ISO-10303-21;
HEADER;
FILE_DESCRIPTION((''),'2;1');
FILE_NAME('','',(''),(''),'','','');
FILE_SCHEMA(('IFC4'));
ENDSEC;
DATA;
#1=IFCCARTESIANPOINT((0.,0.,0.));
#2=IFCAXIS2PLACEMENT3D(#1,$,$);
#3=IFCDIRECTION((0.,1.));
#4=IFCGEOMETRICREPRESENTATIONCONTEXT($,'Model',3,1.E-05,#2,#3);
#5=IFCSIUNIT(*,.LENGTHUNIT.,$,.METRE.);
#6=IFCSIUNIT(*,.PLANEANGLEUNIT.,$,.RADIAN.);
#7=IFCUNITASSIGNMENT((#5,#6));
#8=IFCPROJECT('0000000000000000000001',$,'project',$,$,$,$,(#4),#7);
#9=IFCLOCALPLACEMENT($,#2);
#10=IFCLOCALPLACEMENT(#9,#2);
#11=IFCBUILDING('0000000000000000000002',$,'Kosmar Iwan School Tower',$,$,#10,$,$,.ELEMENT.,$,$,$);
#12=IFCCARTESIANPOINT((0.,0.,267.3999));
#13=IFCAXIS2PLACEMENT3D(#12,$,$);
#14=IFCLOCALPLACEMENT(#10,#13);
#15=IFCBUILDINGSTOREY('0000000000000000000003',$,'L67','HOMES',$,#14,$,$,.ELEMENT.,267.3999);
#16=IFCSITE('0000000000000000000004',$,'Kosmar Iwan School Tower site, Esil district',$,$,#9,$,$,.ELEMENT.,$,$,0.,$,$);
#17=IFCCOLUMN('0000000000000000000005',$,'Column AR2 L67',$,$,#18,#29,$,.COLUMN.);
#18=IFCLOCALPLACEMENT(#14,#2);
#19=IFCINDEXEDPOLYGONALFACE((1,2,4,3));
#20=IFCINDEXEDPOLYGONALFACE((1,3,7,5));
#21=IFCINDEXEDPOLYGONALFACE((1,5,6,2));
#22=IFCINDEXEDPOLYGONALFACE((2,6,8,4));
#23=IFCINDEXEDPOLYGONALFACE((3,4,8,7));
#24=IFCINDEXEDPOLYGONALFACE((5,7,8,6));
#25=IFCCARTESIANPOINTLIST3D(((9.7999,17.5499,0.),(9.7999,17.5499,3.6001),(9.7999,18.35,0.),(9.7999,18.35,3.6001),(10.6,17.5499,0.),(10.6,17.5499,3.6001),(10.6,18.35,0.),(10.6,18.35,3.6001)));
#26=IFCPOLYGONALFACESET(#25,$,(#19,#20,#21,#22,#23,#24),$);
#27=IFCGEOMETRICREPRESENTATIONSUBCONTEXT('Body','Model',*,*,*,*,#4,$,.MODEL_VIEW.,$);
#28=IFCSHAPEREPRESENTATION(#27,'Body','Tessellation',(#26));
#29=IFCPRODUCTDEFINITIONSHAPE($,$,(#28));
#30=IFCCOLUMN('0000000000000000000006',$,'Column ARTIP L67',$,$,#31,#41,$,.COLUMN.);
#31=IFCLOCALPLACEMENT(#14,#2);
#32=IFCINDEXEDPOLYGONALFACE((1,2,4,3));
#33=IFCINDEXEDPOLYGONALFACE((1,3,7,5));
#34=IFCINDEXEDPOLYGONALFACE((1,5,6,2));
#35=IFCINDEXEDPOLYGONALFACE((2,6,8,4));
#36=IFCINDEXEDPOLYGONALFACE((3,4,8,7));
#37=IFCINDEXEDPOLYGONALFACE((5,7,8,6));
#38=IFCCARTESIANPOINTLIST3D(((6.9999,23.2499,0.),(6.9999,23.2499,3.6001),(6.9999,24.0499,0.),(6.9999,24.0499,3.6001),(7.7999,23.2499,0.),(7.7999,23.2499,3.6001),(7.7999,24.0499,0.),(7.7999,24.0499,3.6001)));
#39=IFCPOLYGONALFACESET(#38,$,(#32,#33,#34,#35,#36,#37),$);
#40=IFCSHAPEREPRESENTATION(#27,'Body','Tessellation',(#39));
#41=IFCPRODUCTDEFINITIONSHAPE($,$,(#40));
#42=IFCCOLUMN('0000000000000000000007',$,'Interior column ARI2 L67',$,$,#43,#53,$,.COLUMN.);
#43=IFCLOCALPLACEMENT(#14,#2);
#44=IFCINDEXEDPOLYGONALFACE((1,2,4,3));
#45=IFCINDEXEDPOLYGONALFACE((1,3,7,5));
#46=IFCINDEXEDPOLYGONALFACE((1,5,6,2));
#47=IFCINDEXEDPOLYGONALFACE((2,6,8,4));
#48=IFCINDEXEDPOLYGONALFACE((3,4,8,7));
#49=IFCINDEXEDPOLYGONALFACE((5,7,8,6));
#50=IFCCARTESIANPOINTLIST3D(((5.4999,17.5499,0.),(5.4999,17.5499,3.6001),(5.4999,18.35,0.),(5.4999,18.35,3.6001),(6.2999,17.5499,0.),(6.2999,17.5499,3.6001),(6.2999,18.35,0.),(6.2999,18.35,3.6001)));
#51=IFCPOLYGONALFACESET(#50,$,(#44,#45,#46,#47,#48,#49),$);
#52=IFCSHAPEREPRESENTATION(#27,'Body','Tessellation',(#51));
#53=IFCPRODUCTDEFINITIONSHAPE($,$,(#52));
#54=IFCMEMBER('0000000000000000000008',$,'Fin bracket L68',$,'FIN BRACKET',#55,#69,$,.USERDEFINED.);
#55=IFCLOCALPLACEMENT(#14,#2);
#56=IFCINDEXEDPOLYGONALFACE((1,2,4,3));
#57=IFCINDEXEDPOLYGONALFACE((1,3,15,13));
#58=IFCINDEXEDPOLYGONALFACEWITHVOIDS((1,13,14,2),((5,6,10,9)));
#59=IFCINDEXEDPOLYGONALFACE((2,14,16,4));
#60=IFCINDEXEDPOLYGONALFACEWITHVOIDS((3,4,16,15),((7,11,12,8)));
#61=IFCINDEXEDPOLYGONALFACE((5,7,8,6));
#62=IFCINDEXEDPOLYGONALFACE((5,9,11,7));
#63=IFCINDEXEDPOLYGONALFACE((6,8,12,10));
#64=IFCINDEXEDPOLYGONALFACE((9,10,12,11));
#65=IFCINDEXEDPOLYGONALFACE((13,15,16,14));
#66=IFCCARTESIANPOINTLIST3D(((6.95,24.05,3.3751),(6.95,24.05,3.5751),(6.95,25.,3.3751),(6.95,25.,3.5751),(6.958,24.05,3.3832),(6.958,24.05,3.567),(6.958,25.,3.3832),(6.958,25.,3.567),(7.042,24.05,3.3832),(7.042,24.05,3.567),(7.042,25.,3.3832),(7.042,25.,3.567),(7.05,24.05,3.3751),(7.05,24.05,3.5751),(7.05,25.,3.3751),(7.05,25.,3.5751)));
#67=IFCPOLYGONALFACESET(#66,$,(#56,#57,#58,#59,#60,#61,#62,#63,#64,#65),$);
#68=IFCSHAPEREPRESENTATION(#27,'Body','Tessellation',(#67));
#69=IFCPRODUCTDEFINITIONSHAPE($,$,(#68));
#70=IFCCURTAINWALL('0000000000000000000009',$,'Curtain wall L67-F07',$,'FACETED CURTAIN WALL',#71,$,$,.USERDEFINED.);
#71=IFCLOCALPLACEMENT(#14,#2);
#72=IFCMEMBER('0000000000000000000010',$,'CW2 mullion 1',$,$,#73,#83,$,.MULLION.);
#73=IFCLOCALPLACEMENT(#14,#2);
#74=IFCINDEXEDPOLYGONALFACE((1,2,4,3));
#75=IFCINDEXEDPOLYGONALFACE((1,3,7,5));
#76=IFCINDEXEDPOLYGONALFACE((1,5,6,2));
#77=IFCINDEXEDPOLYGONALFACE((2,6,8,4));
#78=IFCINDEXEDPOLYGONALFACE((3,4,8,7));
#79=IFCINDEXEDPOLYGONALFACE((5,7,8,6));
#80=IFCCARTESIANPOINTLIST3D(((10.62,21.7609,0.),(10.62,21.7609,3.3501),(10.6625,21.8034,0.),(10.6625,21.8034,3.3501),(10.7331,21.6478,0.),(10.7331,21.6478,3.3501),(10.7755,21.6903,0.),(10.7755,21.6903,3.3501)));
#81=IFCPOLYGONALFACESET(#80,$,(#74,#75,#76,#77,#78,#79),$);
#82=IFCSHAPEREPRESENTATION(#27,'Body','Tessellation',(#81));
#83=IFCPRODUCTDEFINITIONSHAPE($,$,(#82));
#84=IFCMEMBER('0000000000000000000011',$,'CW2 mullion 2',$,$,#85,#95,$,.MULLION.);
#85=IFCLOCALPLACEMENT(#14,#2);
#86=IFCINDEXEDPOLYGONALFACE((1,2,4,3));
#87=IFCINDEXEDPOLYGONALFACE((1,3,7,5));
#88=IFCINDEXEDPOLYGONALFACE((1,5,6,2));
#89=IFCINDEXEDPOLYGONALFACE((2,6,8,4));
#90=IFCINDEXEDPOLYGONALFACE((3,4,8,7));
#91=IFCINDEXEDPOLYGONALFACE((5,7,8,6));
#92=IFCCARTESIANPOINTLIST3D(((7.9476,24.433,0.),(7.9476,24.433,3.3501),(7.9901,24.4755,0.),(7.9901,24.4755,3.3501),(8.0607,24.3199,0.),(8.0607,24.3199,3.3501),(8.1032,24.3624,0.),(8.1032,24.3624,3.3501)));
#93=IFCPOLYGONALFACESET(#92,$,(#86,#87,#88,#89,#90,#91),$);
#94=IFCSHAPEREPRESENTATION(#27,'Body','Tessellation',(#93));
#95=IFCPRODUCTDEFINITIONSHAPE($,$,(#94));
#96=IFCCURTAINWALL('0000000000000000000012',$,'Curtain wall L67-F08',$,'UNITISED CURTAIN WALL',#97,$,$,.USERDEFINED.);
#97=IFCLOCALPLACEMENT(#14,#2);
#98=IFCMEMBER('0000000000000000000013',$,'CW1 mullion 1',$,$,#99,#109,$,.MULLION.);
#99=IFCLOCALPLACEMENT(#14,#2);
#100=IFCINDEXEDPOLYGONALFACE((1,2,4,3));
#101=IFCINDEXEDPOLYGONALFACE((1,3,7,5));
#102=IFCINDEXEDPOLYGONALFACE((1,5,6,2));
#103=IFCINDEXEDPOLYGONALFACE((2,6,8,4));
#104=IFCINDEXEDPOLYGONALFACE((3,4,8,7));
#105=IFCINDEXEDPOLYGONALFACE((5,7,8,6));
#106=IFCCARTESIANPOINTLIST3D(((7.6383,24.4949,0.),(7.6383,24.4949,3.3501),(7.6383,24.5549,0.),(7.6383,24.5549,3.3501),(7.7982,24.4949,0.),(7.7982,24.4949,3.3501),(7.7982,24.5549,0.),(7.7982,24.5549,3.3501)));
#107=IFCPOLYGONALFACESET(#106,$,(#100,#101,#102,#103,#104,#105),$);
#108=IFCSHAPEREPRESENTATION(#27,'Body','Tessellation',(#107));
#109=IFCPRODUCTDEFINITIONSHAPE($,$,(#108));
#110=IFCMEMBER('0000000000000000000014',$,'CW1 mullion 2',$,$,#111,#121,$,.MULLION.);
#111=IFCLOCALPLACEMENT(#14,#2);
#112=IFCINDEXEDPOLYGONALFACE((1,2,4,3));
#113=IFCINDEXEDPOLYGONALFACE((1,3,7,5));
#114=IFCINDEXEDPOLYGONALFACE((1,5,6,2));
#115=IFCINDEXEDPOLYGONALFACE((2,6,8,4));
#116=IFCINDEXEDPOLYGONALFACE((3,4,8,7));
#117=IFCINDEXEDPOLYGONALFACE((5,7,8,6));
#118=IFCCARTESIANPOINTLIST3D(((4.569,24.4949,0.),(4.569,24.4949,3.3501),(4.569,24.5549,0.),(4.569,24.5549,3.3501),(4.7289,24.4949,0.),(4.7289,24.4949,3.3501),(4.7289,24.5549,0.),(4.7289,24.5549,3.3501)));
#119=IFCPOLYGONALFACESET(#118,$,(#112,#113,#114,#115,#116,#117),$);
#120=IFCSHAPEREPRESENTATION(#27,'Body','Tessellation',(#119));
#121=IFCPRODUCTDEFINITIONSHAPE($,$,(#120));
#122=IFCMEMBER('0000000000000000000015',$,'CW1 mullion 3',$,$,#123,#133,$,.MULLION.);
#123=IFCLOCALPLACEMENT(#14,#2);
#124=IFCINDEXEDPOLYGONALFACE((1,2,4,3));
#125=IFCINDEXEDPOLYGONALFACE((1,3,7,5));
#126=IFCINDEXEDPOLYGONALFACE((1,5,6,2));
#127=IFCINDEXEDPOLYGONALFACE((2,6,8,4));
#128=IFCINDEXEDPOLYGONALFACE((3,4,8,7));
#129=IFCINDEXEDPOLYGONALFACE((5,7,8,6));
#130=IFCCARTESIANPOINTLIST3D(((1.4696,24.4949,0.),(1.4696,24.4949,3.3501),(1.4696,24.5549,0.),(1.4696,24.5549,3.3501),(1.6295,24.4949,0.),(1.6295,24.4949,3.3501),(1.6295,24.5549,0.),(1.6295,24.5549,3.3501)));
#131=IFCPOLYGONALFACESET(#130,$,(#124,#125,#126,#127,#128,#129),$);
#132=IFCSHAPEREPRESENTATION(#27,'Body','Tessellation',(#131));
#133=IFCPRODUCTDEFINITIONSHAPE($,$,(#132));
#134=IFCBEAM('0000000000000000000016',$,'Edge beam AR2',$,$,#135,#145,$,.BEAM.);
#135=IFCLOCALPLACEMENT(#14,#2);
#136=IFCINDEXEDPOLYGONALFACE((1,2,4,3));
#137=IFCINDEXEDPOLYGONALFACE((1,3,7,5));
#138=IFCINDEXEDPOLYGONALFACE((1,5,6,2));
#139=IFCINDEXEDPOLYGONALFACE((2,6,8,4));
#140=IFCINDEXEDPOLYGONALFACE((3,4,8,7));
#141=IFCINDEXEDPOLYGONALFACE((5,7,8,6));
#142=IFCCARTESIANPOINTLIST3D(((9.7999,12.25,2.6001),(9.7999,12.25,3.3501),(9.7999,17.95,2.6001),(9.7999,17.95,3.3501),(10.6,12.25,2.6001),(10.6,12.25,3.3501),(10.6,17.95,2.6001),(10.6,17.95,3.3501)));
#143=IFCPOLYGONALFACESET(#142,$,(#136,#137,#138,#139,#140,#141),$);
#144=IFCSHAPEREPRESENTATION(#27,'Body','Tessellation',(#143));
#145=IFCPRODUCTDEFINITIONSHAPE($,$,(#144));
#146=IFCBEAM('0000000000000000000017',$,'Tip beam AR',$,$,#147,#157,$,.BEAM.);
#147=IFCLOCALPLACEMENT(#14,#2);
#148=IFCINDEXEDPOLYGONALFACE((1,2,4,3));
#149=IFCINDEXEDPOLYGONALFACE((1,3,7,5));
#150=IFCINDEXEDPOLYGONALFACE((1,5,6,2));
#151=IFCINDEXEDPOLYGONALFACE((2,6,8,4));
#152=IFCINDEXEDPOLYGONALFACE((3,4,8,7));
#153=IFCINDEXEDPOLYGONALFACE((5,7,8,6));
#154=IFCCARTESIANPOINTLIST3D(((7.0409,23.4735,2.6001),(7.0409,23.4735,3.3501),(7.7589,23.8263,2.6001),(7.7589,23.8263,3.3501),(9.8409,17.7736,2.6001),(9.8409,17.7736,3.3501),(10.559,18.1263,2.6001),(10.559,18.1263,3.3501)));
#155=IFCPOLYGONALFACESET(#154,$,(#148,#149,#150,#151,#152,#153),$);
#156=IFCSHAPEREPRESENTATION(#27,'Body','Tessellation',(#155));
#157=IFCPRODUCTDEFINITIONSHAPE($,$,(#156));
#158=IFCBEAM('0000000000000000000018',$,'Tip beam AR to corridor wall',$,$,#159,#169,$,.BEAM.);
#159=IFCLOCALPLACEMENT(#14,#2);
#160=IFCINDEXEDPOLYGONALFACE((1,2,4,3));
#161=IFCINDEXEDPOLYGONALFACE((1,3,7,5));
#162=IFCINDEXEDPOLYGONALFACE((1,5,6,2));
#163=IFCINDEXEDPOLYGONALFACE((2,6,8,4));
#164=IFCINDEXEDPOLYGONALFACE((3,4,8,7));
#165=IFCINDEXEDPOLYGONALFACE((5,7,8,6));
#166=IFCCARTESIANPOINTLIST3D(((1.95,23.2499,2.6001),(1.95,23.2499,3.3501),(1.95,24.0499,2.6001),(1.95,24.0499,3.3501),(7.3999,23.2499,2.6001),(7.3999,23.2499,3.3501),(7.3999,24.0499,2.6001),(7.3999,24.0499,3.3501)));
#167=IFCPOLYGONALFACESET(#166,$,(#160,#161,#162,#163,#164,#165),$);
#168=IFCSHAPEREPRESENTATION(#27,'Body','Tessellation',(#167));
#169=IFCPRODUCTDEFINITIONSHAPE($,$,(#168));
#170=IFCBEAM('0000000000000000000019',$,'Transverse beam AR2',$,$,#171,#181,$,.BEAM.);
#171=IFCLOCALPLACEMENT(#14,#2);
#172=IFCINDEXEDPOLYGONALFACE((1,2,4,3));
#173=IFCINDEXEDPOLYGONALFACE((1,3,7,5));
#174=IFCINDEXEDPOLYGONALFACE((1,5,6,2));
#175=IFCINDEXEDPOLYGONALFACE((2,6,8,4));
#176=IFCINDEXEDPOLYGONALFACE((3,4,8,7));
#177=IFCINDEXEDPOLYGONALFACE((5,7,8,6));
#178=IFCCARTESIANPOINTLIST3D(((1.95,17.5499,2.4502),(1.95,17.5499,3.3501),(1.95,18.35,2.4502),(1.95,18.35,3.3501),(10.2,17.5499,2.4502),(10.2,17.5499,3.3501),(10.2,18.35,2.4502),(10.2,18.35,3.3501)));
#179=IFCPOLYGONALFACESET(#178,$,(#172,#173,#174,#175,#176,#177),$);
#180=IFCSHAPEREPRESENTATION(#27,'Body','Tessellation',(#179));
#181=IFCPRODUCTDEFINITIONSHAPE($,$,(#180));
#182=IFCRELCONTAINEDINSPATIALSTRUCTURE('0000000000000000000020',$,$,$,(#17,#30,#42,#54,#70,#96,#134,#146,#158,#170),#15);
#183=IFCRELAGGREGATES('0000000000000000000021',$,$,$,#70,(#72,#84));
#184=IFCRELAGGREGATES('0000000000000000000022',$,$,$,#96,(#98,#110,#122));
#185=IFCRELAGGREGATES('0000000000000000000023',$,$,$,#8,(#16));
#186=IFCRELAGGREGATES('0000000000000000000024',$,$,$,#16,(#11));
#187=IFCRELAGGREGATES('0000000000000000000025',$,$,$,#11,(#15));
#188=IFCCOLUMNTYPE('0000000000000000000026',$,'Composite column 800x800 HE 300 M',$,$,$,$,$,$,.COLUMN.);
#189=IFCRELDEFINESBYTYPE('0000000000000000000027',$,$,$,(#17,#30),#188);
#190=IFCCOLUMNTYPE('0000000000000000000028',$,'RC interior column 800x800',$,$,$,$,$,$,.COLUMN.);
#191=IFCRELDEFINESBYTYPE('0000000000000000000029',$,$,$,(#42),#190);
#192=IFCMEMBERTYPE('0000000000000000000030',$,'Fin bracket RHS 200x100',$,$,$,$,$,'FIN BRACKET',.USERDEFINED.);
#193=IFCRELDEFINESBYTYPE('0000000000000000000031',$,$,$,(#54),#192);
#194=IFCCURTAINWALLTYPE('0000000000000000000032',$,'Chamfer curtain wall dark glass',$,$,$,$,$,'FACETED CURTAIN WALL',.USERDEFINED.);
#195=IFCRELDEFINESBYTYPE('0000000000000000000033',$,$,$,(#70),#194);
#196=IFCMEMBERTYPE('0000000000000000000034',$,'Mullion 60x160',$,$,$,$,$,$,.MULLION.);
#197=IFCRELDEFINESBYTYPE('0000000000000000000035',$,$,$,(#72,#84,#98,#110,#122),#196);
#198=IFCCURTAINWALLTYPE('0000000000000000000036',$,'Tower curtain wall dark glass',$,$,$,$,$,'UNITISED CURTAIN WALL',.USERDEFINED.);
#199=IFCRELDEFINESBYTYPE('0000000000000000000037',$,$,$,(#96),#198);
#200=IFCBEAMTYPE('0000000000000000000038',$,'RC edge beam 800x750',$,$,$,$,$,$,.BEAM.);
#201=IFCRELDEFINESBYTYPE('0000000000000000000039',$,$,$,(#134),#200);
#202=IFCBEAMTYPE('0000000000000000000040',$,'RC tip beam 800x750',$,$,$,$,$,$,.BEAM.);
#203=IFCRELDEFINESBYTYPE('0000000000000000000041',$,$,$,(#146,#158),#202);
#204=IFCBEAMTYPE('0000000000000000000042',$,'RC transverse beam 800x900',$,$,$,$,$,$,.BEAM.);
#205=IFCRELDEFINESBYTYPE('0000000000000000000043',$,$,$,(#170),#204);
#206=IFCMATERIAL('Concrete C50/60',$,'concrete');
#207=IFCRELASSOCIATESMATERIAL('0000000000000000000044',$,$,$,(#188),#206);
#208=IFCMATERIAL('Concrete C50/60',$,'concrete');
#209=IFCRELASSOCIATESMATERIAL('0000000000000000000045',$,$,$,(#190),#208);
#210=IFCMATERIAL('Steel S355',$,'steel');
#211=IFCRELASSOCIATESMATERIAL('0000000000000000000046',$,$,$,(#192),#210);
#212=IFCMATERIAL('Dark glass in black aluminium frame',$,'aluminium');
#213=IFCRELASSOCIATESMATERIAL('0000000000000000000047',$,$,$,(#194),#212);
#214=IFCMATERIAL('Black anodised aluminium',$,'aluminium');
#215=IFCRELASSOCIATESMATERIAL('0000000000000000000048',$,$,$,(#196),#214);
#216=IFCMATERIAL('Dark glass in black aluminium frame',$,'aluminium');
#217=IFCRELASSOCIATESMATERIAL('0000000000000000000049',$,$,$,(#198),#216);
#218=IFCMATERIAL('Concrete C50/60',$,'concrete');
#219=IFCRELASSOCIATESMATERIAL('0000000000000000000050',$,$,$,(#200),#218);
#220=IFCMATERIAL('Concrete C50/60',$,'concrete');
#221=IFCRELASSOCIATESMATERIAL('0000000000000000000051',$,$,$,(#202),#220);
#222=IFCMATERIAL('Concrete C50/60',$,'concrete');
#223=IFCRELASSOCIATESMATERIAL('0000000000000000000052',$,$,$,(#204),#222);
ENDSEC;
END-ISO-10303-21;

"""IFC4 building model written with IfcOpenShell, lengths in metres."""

from ifc_helpers import new_model, si_unit, direction, frame, origin, origin_2d, place, context, subcontext, project, spatial, rectangle, hollow_rectangle, extrude, material, material_profile, profile_set, type_object, element, aggregate, save


model = new_model("IFC4")

# Units and contexts
model_context = context("Model", 3, precision=1e-05, world=origin(), true_north=direction((0.0, 1.0)))
body_context = subcontext(model_context, "Body", "Model", "MODEL_VIEW")
ifc_project = project(units=[si_unit("LENGTHUNIT", "METRE"), si_unit("PLANEANGLEUNIT", "RADIAN")], contexts=[model_context])

# Site, building, storey
site_placement = place(None, origin())
site = spatial("IfcSite", under=ifc_project, at=site_placement, Name="Kosmar Iwan School Tower site, Esil district", CompositionType="ELEMENT", RefElevation=0.0)
building_placement = place(site_placement, origin())
building = spatial("IfcBuilding", under=site, at=building_placement, Name="Kosmar Iwan School Tower", CompositionType="ELEMENT")
storey_placement = place(building_placement, frame((0.0, 0.0, 267.3999)))
storey = spatial("IfcBuildingStorey", under=building, at=storey_placement, Name="L67", Description="HOMES", CompositionType="ELEMENT", Elevation=267.3999)

# Columns
ifc_material_1 = material(Name="Concrete C50/60", Category="concrete")
ifc_material_profile_1 = material_profile(ifc_material_1, rectangle(XDim=0.8, YDim=0.8, at=origin_2d()), Name="RC 800x800 + HE 300 M")
ifc_profile_set_1 = profile_set([ifc_material_profile_1], Name="Concrete C50/60")
column_type_1 = type_object("IfcColumnType", Name="Composite column 800x800 HE 300 M", PredefinedType="COLUMN", material=ifc_profile_set_1)
for number, where, z_axis, x_axis, name in (
    (1, (10.2, 17.95, 0.0), (0.0, 0.0, 1.0), (0.0, 1.0, 0.0), "Column AR2 L67"),
    (2, (7.3999, 23.6499, 0.0), (0.0, 0.0, 1.0), (0.0, 1.0, 0.0), "Column ARTIP L67"),
):
    element("IfcColumn", number, at=place(storey_placement, frame(where, z_axis=z_axis, x_axis=x_axis)), inside=storey, type_object=column_type_1, Name=name, PredefinedType="COLUMN", context=body_context, shape_type="SweptSolid", body=[
        extrude(rectangle(XDim=0.8, YDim=0.8, at=origin_2d()), origin(), (0.0, 0.0, 1.0), 3.6001),
    ])
ifc_material_2 = material(Name="Concrete C50/60", Category="concrete")
ifc_material_profile_2 = material_profile(ifc_material_2, rectangle(XDim=0.8, YDim=0.8, at=origin_2d()), Name="RC 800x800")
ifc_profile_set_2 = profile_set([ifc_material_profile_2], Name="Concrete C50/60")
column_type_2 = type_object("IfcColumnType", Name="RC interior column 800x800", PredefinedType="COLUMN", material=ifc_profile_set_2)
column_placement = place(storey_placement, frame((5.8999, 17.95, 0.0), z_axis=(0.0, 0.0, 1.0), x_axis=(0.0, 1.0, 0.0)))
element("IfcColumn", 3, at=column_placement, inside=storey, type_object=column_type_2, Name="Interior column ARI2 L67", PredefinedType="COLUMN", context=body_context, shape_type="SweptSolid", body=[
    extrude(rectangle(XDim=0.8, YDim=0.8, at=origin_2d()), origin(), (0.0, 0.0, 1.0), 3.6001),
])

# Member
ifc_material_3 = material(Name="Steel S355", Category="steel")
ifc_material_profile_3 = material_profile(ifc_material_3, hollow_rectangle(XDim=0.1001, YDim=0.2, WallThickness=0.0081, at=origin_2d()), Name="RHS 200x100x8")
ifc_profile_set_3 = profile_set([ifc_material_profile_3], Name="Steel S355")
member_type_1 = type_object("IfcMemberType", Name="Fin bracket RHS 200x100", ElementType="FIN BRACKET", PredefinedType="USERDEFINED", material=ifc_profile_set_3)
member_1_placement = place(storey_placement, frame((7.0, 24.05, 3.4751), z_axis=(0.0, 1.0, 0.0), x_axis=(-1.0, 0.0, 0.0)))
element("IfcMember", 4, at=member_1_placement, inside=storey, type_object=member_type_1, Name="Fin bracket L68", ObjectType="FIN BRACKET", PredefinedType="USERDEFINED", context=body_context, shape_type="SweptSolid", body=[
    extrude(hollow_rectangle(XDim=0.1001, YDim=0.2, WallThickness=0.0081, at=origin_2d()), origin(), (0.0, 0.0, 1.0), 0.95),
])

# Curtain walls, members
ifc_material_4 = material(Name="Dark glass in black aluminium frame", Category="aluminium")
curtain_wall_type_1 = type_object("IfcCurtainWallType", Name="Chamfer curtain wall dark glass", ElementType="FACETED CURTAIN WALL", PredefinedType="USERDEFINED", material=ifc_material_4)
curtain_wall_1_placement = place(storey_placement, origin())
curtain_wall_1 = element("IfcCurtainWall", 5, at=curtain_wall_1_placement, inside=storey, type_object=curtain_wall_type_1, Name="Curtain wall L67-F07", ObjectType="FACETED CURTAIN WALL", PredefinedType="USERDEFINED")
ifc_material_5 = material(Name="Black anodised aluminium", Category="aluminium")
ifc_material_profile_4 = material_profile(ifc_material_5, rectangle(XDim=0.0601, YDim=0.1599, at=origin_2d()), Name="MULLION 60x160")
ifc_profile_set_4 = profile_set([ifc_material_profile_4], Name="Black anodised aluminium")
member_type_2 = type_object("IfcMemberType", Name="Mullion 60x160", PredefinedType="MULLION", material=ifc_profile_set_4)
member_2_placement = place(storey_placement, frame((10.6978, 21.7256, 0.0), z_axis=(0.0, 0.0, 1.0), x_axis=(-0.707107, -0.707107, 0.0)))
member_2 = element("IfcMember", 6, at=member_2_placement, type_object=member_type_2, Name="CW2 mullion 1", PredefinedType="MULLION", context=body_context, shape_type="SweptSolid", body=[
    extrude(rectangle(XDim=0.0601, YDim=0.1599, at=origin_2d()), origin(), (0.0, 0.0, 1.0), 3.3501),
])
member_3_placement = place(storey_placement, frame((8.0254, 24.3977, 0.0), z_axis=(0.0, 0.0, 1.0), x_axis=(-0.707107, -0.707107, 0.0)))
member_3 = element("IfcMember", 7, at=member_3_placement, type_object=member_type_2, Name="CW2 mullion 2", PredefinedType="MULLION", context=body_context, shape_type="SweptSolid", body=[
    extrude(rectangle(XDim=0.0601, YDim=0.1599, at=origin_2d()), origin(), (0.0, 0.0, 1.0), 3.3501),
])
ifc_material_6 = material(Name="Dark glass in black aluminium frame", Category="aluminium")
curtain_wall_type_2 = type_object("IfcCurtainWallType", Name="Tower curtain wall dark glass", ElementType="UNITISED CURTAIN WALL", PredefinedType="USERDEFINED", material=ifc_material_6)
curtain_wall_2_placement = place(storey_placement, origin())
curtain_wall_2 = element("IfcCurtainWall", 8, at=curtain_wall_2_placement, inside=storey, type_object=curtain_wall_type_2, Name="Curtain wall L67-F08", ObjectType="UNITISED CURTAIN WALL", PredefinedType="USERDEFINED")
member_4_placement = place(storey_placement, frame((7.7183, 24.5249, 0.0), z_axis=(0.0, 0.0, 1.0), x_axis=(0.0, -1.0, 0.0)))
member_4 = element("IfcMember", 9, at=member_4_placement, type_object=member_type_2, Name="CW1 mullion 1", PredefinedType="MULLION", context=body_context, shape_type="SweptSolid", body=[
    extrude(rectangle(XDim=0.0601, YDim=0.1599, at=origin_2d()), origin(), (0.0, 0.0, 1.0), 3.3501),
])
member_5_placement = place(storey_placement, frame((4.6489, 24.5249, 0.0), z_axis=(0.0, 0.0, 1.0), x_axis=(0.0, -1.0, 0.0)))
member_5 = element("IfcMember", 10, at=member_5_placement, type_object=member_type_2, Name="CW1 mullion 2", PredefinedType="MULLION", context=body_context, shape_type="SweptSolid", body=[
    extrude(rectangle(XDim=0.0601, YDim=0.1599, at=origin_2d()), origin(), (0.0, 0.0, 1.0), 3.3501),
])
member_6_placement = place(storey_placement, frame((1.5496, 24.5249, 0.0), z_axis=(0.0, 0.0, 1.0), x_axis=(0.0, -1.0, 0.0)))
member_6 = element("IfcMember", 11, at=member_6_placement, type_object=member_type_2, Name="CW1 mullion 3", PredefinedType="MULLION", context=body_context, shape_type="SweptSolid", body=[
    extrude(rectangle(XDim=0.0601, YDim=0.1599, at=origin_2d()), origin(), (0.0, 0.0, 1.0), 3.3501),
])

# Beams
ifc_material_7 = material(Name="Concrete C50/60", Category="concrete")
ifc_material_profile_5 = material_profile(ifc_material_7, rectangle(XDim=0.8, YDim=0.75, at=origin_2d()), Name="RC 800x750")
ifc_profile_set_5 = profile_set([ifc_material_profile_5], Name="Concrete C50/60")
beam_type_1 = type_object("IfcBeamType", Name="RC edge beam 800x750", PredefinedType="BEAM", material=ifc_profile_set_5)
beam_1_placement = place(storey_placement, frame((10.2, 12.25, 2.9751), z_axis=(0.0, 1.0, 0.0), x_axis=(-1.0, 0.0, 0.0)))
element("IfcBeam", 12, at=beam_1_placement, inside=storey, type_object=beam_type_1, Name="Edge beam AR2", PredefinedType="BEAM", context=body_context, shape_type="SweptSolid", body=[
    extrude(rectangle(XDim=0.8, YDim=0.75, at=origin_2d()), origin(), (0.0, 0.0, 1.0), 5.7),
])
ifc_material_8 = material(Name="Concrete C50/60", Category="concrete")
ifc_material_profile_6 = material_profile(ifc_material_8, rectangle(XDim=0.8, YDim=0.75, at=origin_2d()), Name="RC 800x750")
ifc_profile_set_6 = profile_set([ifc_material_profile_6], Name="Concrete C50/60")
beam_type_2 = type_object("IfcBeamType", Name="RC tip beam 800x750", PredefinedType="BEAM", material=ifc_profile_set_6)
beam_2_placement = place(storey_placement, frame((10.2, 17.95, 2.9751), z_axis=(-0.440913, 0.89755, 0.0), x_axis=(-0.89755, -0.440913, 0.0)))
element("IfcBeam", 13, at=beam_2_placement, inside=storey, type_object=beam_type_2, Name="Tip beam AR", PredefinedType="BEAM", context=body_context, shape_type="SweptSolid", body=[
    extrude(rectangle(XDim=0.8, YDim=0.75, at=origin_2d()), origin(), (0.0, 0.0, 1.0), 6.3506),
])
beam_3_placement = place(storey_placement, frame((7.3999, 23.6499, 2.9751), z_axis=(-1.0, 0.0, 0.0), x_axis=(0.0, -1.0, 0.0)))
element("IfcBeam", 14, at=beam_3_placement, inside=storey, type_object=beam_type_2, Name="Tip beam AR to corridor wall", PredefinedType="BEAM", context=body_context, shape_type="SweptSolid", body=[
    extrude(rectangle(XDim=0.8, YDim=0.75, at=origin_2d()), origin(), (0.0, 0.0, 1.0), 5.45),
])
ifc_material_9 = material(Name="Concrete C50/60", Category="concrete")
ifc_material_profile_7 = material_profile(ifc_material_9, rectangle(XDim=0.8, YDim=0.8999, at=origin_2d()), Name="RC 800x900")
ifc_profile_set_7 = profile_set([ifc_material_profile_7], Name="Concrete C50/60")
beam_type_3 = type_object("IfcBeamType", Name="RC transverse beam 800x900", PredefinedType="BEAM", material=ifc_profile_set_7)
beam_4_placement = place(storey_placement, frame((10.2, 17.95, 2.9001), z_axis=(-1.0, 0.0, 0.0), x_axis=(0.0, -1.0, 0.0)))
element("IfcBeam", 15, at=beam_4_placement, inside=storey, type_object=beam_type_3, Name="Transverse beam AR2", PredefinedType="BEAM", context=body_context, shape_type="SweptSolid", body=[
    extrude(rectangle(XDim=0.8, YDim=0.8999, at=origin_2d()), origin(), (0.0, 0.0, 1.0), 8.25),
])

aggregate(curtain_wall_1, [member_2, member_3])
aggregate(curtain_wall_2, [member_4, member_5, member_6])

save(model, "model.ifc")
